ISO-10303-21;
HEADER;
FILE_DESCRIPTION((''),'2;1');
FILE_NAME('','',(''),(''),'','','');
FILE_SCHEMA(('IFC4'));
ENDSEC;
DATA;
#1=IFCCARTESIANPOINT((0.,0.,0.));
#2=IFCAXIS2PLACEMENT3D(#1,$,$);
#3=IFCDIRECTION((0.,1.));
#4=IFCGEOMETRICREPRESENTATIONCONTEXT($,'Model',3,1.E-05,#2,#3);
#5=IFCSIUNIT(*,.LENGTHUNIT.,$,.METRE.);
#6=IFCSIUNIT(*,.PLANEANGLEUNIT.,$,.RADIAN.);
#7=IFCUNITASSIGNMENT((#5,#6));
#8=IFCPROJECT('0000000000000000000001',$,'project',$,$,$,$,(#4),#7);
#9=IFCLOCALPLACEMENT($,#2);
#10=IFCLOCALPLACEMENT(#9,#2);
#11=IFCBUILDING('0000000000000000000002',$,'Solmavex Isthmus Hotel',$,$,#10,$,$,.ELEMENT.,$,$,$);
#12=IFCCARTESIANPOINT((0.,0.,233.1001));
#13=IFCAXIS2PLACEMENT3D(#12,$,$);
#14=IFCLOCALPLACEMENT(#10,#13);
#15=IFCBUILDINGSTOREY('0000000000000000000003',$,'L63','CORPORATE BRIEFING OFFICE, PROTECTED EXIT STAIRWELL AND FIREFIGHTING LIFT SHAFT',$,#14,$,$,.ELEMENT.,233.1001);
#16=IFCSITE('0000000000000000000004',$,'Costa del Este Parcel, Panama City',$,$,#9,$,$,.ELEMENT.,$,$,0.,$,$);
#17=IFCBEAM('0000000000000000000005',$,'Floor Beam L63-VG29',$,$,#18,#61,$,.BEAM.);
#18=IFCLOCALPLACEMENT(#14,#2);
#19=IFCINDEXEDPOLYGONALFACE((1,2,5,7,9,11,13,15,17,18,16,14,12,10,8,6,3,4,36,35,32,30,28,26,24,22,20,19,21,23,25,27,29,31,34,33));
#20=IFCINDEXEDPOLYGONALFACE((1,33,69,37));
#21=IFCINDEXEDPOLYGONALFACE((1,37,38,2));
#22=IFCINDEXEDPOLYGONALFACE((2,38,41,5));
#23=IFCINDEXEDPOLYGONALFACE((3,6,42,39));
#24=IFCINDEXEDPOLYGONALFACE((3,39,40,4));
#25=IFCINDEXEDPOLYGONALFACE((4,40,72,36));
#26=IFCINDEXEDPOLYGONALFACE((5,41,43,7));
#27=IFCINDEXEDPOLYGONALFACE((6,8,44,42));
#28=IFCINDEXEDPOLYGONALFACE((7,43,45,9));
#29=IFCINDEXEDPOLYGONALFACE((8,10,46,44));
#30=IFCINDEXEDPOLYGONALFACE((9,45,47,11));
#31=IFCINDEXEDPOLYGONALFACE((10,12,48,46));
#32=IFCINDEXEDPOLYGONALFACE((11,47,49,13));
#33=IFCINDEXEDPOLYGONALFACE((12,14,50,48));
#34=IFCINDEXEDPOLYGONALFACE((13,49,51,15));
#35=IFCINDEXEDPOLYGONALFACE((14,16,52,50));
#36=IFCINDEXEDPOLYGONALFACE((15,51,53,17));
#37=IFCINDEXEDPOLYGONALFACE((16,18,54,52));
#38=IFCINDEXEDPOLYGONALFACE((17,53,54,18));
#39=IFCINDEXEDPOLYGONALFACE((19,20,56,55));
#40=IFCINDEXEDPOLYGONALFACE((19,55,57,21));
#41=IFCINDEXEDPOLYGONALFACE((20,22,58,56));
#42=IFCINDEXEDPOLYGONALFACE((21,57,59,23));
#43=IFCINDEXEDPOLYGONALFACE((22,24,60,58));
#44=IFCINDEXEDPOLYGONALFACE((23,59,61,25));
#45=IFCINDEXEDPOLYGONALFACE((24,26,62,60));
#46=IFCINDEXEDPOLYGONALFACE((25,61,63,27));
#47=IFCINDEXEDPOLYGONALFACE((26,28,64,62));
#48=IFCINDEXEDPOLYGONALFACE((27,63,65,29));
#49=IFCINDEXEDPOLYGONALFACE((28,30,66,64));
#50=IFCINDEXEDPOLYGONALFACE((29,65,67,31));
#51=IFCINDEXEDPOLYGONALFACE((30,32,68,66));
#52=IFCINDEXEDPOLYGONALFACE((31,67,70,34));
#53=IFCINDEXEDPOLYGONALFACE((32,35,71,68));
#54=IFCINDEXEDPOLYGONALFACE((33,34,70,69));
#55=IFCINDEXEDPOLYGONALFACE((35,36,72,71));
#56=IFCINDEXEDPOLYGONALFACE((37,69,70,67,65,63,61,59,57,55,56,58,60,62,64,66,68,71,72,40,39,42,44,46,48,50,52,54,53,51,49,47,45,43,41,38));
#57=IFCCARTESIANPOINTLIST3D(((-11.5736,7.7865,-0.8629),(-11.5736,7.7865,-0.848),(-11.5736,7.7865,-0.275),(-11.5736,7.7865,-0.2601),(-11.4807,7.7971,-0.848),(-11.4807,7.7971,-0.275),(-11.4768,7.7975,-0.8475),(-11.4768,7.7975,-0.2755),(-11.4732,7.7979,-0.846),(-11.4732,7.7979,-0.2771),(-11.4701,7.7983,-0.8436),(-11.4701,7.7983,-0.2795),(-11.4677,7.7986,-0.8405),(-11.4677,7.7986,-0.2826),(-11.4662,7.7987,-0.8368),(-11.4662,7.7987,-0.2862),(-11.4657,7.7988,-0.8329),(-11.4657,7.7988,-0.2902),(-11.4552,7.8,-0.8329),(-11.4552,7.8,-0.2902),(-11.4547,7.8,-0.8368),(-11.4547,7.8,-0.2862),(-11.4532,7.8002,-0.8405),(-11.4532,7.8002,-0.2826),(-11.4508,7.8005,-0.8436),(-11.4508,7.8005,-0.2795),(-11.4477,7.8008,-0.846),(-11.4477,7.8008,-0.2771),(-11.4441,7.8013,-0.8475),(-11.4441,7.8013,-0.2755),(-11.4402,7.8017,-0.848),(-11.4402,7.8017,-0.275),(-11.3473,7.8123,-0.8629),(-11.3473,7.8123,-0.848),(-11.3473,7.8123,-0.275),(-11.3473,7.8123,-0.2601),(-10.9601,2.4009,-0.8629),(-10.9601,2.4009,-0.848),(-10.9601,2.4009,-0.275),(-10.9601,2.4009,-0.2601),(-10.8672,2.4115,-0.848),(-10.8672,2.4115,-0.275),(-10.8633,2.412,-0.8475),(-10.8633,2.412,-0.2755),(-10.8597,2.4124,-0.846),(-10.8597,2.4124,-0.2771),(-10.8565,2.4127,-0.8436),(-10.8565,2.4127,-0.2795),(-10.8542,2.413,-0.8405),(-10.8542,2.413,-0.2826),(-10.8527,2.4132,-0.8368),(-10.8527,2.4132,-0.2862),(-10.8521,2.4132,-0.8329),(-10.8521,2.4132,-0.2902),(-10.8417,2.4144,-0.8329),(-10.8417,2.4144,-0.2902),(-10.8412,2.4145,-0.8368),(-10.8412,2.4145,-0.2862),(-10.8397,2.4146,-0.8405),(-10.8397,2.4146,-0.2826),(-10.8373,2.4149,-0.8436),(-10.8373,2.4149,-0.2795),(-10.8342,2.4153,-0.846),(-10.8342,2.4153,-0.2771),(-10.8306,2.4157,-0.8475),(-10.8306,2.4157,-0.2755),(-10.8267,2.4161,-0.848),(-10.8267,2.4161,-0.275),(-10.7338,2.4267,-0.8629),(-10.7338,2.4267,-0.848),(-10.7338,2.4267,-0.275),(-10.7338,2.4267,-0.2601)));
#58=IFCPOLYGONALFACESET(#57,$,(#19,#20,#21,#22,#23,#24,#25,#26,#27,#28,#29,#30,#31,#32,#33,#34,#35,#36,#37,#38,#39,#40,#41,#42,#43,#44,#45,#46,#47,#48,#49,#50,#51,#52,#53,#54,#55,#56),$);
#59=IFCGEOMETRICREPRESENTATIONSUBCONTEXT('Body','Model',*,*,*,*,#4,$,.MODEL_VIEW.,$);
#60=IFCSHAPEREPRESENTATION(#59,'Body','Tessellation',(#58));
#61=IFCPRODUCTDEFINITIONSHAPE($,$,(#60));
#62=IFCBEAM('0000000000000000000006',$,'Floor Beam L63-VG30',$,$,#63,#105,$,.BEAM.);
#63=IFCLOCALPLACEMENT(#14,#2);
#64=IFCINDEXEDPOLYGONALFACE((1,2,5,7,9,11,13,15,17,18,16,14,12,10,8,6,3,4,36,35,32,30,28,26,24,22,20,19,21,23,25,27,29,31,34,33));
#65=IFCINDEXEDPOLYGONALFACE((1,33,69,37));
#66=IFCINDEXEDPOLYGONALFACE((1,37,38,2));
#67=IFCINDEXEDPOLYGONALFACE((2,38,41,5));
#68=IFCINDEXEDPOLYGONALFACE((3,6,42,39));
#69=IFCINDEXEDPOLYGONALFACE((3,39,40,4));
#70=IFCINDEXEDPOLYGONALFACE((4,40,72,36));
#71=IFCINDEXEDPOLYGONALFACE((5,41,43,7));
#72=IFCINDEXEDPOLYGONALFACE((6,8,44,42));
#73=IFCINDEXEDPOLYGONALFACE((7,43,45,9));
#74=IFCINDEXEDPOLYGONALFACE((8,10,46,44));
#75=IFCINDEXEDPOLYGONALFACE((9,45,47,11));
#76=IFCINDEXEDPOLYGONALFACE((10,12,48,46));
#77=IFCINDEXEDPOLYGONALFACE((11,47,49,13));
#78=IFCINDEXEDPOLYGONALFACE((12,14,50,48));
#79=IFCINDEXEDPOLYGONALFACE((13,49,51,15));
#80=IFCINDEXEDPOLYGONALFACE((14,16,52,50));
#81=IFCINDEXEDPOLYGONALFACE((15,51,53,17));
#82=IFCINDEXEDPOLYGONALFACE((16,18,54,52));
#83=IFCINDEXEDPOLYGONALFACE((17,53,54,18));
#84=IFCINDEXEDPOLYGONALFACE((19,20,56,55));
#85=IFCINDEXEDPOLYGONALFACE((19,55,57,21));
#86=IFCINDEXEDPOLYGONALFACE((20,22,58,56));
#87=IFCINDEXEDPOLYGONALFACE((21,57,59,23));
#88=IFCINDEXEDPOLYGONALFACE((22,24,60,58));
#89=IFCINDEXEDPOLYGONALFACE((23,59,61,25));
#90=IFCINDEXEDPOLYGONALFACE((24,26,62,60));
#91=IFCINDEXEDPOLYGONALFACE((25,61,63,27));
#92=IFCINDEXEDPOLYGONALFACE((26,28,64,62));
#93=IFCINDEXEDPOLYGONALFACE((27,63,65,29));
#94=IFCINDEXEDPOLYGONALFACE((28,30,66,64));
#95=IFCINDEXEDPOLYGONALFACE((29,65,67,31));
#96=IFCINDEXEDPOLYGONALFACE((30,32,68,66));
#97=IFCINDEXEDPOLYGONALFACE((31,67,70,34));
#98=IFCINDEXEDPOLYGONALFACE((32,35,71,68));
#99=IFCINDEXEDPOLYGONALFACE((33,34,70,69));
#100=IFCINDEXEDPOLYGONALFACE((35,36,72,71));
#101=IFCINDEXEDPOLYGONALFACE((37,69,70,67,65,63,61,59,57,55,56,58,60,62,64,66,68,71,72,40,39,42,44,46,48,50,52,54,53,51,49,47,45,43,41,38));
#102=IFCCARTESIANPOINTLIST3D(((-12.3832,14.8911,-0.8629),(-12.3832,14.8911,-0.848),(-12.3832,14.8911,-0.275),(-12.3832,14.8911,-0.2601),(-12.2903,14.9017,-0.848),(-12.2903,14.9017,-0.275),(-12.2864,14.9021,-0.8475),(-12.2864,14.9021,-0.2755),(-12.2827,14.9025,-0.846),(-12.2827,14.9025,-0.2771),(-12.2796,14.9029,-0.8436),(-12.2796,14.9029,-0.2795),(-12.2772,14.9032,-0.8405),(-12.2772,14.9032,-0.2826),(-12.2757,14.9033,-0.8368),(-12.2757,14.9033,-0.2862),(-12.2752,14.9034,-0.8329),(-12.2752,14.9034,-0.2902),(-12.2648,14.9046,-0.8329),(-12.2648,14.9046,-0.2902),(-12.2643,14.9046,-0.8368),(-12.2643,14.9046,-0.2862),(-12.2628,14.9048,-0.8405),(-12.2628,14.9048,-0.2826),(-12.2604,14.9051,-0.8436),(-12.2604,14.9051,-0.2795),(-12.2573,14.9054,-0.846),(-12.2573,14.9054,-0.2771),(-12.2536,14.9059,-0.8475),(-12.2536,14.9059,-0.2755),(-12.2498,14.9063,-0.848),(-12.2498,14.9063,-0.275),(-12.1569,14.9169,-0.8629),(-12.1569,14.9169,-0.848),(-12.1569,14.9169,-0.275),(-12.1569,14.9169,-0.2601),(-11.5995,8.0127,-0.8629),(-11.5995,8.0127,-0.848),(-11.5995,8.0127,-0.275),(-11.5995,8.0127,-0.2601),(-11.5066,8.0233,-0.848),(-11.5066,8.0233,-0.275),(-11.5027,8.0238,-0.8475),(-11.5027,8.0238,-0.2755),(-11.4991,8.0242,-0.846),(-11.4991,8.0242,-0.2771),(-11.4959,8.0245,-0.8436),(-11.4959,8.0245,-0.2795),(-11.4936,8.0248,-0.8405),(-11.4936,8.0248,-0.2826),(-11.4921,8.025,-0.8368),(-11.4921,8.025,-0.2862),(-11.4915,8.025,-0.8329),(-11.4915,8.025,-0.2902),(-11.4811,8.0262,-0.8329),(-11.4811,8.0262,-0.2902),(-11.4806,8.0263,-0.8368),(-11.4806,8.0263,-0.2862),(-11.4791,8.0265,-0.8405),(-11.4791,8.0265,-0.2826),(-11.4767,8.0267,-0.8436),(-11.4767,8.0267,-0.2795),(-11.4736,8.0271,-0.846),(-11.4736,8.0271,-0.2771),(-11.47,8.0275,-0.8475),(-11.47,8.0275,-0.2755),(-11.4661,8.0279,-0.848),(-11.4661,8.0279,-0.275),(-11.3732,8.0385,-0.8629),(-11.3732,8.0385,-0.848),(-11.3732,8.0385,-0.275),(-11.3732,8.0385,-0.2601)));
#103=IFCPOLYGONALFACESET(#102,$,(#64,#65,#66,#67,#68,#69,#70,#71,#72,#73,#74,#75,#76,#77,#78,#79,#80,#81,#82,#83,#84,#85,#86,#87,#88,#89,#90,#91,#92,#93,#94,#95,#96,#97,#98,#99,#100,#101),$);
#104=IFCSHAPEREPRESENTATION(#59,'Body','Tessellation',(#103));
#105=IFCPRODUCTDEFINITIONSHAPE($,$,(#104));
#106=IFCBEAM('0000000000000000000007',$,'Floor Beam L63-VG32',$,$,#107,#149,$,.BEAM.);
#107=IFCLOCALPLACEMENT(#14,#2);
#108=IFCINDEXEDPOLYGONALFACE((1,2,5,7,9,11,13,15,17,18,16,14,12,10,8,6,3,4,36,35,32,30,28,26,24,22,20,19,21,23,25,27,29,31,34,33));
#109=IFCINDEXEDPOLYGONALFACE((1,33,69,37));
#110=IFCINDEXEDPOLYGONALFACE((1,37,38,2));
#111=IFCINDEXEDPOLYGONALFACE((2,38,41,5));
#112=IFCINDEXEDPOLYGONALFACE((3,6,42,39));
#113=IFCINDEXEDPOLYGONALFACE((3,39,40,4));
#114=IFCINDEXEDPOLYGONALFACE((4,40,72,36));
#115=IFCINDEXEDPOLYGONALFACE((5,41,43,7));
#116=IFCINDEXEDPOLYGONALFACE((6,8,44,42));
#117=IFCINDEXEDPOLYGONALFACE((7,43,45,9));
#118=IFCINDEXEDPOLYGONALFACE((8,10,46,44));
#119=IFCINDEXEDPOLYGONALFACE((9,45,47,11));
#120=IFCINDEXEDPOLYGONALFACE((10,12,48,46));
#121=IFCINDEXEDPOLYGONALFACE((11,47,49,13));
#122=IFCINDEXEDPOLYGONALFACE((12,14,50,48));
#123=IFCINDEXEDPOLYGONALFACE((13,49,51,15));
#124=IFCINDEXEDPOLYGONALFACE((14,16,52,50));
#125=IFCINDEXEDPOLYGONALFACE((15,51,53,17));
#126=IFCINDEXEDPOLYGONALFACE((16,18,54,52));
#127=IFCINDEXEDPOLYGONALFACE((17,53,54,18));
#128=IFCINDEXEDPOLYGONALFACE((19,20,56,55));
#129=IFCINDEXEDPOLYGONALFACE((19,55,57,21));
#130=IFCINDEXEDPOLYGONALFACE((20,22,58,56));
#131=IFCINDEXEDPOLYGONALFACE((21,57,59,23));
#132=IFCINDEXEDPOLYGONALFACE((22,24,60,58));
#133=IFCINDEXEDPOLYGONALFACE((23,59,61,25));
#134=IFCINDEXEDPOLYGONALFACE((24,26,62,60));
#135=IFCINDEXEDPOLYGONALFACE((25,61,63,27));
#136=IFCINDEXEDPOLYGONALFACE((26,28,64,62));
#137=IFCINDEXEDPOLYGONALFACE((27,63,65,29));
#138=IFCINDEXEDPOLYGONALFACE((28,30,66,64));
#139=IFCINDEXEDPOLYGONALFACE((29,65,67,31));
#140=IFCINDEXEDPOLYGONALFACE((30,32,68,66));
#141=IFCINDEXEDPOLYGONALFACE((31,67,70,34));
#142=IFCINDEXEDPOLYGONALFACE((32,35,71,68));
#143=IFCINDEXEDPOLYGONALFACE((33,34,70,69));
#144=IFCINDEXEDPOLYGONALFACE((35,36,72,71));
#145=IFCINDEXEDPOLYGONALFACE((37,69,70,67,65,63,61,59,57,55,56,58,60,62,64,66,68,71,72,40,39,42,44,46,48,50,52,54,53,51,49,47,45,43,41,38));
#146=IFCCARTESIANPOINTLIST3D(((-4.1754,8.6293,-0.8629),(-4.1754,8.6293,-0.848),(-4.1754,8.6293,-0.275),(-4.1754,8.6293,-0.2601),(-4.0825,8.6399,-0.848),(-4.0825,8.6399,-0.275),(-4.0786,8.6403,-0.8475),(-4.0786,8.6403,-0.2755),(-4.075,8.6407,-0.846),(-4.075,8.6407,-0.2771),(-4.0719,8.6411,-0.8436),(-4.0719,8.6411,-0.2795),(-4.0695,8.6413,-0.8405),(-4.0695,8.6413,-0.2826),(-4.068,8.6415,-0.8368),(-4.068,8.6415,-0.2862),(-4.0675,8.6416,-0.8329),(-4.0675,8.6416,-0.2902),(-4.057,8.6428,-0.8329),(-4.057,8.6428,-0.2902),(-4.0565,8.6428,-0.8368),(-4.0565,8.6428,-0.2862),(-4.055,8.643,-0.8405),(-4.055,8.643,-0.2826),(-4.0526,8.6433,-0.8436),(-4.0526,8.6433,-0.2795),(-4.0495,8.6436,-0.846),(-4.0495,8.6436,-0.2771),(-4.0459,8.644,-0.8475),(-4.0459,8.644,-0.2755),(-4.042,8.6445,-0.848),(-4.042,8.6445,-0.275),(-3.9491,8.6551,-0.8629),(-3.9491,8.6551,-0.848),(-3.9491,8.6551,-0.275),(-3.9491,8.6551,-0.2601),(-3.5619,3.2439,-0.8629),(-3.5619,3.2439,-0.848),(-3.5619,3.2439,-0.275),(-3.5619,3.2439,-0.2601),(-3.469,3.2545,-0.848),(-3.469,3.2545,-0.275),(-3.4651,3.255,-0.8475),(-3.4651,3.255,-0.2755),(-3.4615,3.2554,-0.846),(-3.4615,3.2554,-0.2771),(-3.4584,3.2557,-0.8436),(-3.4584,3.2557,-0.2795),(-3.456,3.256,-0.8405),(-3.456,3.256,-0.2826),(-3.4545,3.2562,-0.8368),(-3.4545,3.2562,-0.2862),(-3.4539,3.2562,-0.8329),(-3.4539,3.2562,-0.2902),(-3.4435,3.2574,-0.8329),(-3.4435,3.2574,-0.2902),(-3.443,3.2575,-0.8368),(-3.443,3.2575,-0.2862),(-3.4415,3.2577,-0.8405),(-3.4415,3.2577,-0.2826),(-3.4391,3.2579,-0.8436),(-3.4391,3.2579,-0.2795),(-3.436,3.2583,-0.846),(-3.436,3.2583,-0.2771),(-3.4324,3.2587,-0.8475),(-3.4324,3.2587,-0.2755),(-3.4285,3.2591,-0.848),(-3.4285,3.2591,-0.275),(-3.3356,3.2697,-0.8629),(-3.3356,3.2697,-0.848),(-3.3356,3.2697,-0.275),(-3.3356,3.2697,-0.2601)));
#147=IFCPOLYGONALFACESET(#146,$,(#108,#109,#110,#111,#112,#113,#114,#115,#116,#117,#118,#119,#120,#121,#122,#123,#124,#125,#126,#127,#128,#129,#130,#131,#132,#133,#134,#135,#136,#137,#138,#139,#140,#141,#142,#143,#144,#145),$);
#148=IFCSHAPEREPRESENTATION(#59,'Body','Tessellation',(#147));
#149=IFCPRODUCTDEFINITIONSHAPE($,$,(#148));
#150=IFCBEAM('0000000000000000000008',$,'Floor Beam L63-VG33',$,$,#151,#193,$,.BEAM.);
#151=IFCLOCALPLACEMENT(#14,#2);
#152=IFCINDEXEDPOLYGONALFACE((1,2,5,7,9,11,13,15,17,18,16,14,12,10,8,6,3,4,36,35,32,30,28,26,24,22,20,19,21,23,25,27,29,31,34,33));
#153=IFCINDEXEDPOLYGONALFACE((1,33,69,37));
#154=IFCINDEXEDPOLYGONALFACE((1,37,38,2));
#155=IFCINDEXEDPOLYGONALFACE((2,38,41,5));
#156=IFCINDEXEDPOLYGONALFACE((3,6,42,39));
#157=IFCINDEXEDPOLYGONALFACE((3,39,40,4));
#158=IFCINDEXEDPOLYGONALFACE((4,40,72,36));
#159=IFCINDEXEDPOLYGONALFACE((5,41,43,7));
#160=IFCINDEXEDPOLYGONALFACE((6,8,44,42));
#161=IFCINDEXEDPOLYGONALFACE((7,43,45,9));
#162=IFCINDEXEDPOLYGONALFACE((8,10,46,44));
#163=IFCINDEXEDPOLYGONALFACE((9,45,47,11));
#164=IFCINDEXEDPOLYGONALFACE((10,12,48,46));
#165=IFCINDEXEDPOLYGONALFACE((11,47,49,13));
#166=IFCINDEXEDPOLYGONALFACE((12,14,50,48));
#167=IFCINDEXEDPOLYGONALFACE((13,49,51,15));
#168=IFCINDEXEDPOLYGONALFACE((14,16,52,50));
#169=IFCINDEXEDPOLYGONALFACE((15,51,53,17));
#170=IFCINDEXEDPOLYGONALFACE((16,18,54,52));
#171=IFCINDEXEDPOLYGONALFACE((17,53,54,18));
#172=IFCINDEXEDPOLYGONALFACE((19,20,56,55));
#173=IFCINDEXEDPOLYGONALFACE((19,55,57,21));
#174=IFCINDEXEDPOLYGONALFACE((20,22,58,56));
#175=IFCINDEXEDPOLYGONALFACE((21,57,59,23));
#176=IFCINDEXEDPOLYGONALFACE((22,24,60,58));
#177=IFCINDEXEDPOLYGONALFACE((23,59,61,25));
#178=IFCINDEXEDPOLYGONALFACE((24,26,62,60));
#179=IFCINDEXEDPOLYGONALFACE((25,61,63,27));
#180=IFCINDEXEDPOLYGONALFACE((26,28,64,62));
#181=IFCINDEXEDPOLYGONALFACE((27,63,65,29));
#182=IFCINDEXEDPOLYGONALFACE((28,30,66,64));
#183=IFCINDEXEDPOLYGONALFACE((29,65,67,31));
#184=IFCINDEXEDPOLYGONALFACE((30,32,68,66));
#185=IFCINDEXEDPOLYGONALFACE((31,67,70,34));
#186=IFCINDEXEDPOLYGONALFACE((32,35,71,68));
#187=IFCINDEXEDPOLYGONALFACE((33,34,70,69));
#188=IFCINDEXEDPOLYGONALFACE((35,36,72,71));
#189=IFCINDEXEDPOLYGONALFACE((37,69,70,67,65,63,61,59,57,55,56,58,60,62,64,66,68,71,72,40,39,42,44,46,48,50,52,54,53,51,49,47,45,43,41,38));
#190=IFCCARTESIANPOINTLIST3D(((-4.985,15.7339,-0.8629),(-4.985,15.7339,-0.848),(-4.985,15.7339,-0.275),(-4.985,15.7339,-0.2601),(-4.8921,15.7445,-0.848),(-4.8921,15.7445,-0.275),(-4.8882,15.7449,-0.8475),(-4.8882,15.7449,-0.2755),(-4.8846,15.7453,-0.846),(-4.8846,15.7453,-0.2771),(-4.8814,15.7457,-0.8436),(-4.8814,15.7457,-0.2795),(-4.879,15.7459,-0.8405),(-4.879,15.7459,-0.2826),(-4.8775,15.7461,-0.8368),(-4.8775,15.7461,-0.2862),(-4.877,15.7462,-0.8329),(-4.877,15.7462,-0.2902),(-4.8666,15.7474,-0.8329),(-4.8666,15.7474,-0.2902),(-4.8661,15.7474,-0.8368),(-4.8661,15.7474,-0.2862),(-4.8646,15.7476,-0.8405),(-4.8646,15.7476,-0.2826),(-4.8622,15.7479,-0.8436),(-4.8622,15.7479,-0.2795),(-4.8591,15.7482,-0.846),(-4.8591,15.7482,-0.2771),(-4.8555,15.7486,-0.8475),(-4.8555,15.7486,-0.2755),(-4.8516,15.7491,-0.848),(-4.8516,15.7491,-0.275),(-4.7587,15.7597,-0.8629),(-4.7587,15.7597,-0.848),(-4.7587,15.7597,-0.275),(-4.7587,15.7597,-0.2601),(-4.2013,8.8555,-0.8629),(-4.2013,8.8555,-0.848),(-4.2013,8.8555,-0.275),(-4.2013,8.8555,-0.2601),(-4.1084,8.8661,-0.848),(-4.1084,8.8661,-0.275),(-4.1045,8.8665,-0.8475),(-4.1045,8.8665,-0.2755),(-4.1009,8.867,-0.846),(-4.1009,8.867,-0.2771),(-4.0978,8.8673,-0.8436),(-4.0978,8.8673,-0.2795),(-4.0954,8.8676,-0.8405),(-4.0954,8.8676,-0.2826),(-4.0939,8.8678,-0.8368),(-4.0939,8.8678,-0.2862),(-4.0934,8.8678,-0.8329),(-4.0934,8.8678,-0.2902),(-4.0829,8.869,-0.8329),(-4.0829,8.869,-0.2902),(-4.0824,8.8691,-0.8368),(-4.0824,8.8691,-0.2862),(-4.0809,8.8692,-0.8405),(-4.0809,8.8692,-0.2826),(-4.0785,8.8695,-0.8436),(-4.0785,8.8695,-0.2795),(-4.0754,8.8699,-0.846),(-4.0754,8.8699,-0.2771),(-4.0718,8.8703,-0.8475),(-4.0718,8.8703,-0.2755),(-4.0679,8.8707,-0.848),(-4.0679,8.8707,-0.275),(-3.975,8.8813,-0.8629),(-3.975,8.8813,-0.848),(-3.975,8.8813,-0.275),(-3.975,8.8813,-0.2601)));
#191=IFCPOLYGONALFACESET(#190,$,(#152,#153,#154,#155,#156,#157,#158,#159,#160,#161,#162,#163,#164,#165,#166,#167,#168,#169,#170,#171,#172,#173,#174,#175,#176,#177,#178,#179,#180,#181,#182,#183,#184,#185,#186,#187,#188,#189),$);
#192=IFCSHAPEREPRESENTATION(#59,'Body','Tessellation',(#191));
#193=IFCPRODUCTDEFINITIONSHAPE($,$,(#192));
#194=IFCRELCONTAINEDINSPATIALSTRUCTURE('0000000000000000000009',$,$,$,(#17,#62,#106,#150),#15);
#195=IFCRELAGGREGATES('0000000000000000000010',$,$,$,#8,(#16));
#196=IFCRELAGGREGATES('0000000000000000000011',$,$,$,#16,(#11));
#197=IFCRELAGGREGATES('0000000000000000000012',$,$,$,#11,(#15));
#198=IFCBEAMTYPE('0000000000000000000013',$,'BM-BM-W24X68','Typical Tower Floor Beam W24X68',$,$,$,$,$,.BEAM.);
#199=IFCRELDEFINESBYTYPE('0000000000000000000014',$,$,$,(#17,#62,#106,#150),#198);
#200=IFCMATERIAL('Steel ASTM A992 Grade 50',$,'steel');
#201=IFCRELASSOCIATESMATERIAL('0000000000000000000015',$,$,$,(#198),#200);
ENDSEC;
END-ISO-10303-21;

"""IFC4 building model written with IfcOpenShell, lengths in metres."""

from ifc_helpers import new_model, si_unit, direction, frame, origin, origin_2d, place, context, subcontext, project, spatial, i_section, extrude, material, material_profile, profile_set, type_object, element, save


model = new_model("IFC4")

# Units and contexts
model_context = context("Model", 3, precision=1e-05, world=origin(), true_north=direction((0.0, 1.0)))
body_context = subcontext(model_context, "Body", "Model", "MODEL_VIEW")
ifc_project = project(units=[si_unit("LENGTHUNIT", "METRE"), si_unit("PLANEANGLEUNIT", "RADIAN")], contexts=[model_context])

# Site, building, storey
site_placement = place(None, origin())
site = spatial("IfcSite", under=ifc_project, at=site_placement, Name="Costa del Este Parcel, Panama City", CompositionType="ELEMENT", RefElevation=0.0)
building_placement = place(site_placement, origin())
building = spatial("IfcBuilding", under=site, at=building_placement, Name="Solmavex Isthmus Hotel", CompositionType="ELEMENT")
storey_placement = place(building_placement, frame((0.0, 0.0, 233.1001)))
storey = spatial("IfcBuildingStorey", under=building, at=storey_placement, Name="L63", Description="CORPORATE BRIEFING OFFICE, PROTECTED EXIT STAIRWELL AND FIREFIGHTING LIFT SHAFT", CompositionType="ELEMENT", Elevation=233.1001)

# Beams
ifc_material_1 = material(Name="Steel ASTM A992 Grade 50", Category="steel")
ifc_material_profile_1 = material_profile(ifc_material_1, i_section(OverallWidth=0.2278, OverallDepth=0.6028, WebThickness=0.0105, FlangeThickness=0.0149, FilletRadius=0.0151, at=origin_2d()), Name="W24X68")
ifc_profile_set_1 = profile_set([ifc_material_profile_1], Name="Steel ASTM A992 Grade 50")
beam_type_1 = type_object("IfcBeamType", Name="BM-BM-W24X68", Description="Typical Tower Floor Beam W24X68", PredefinedType="BEAM", material=ifc_profile_set_1)
beam_1_placement = place(storey_placement, frame((-10.8469, 2.4138, -0.5615), z_axis=(-0.11319, 0.993573, 0.0), x_axis=(-0.993573, -0.11319, 0.0)))
element("IfcBeam", 1, at=beam_1_placement, inside=storey, type_object=beam_type_1, Name="Floor Beam L63-VG29", PredefinedType="BEAM", context=body_context, shape_type="SweptSolid", body=[
    extrude(i_section(OverallWidth=0.2278, OverallDepth=0.6028, WebThickness=0.0105, FlangeThickness=0.0149, FilletRadius=0.0151, at=origin_2d()), origin(), (0.0, 0.0, 1.0), 5.4204),
])
beam_2_placement = place(storey_placement, frame((-11.4863, 8.0256, -0.5615), z_axis=(-0.113202, 0.993572, 0.0), x_axis=(-0.993572, -0.113202, 0.0)))
element("IfcBeam", 2, at=beam_2_placement, inside=storey, type_object=beam_type_1, Name="Floor Beam L63-VG30", PredefinedType="BEAM", context=body_context, shape_type="SweptSolid", body=[
    extrude(i_section(OverallWidth=0.2278, OverallDepth=0.6028, WebThickness=0.0105, FlangeThickness=0.0149, FilletRadius=0.0151, at=origin_2d()), origin(), (0.0, 0.0, 1.0), 6.9229),
])
beam_3_placement = place(storey_placement, frame((-3.4487, 3.2568, -0.5615), z_axis=(-0.113195, 0.993573, 0.0), x_axis=(-0.993573, -0.113195, 0.0)))
element("IfcBeam", 3, at=beam_3_placement, inside=storey, type_object=beam_type_1, Name="Floor Beam L63-VG32", PredefinedType="BEAM", context=body_context, shape_type="SweptSolid", body=[
    extrude(i_section(OverallWidth=0.2278, OverallDepth=0.6028, WebThickness=0.0105, FlangeThickness=0.0149, FilletRadius=0.0151, at=origin_2d()), origin(), (0.0, 0.0, 1.0), 5.4202),
])
beam_4_placement = place(storey_placement, frame((-4.0881, 8.8684, -0.5615), z_axis=(-0.113202, 0.993572, 0.0), x_axis=(-0.993572, -0.113202, 0.0)))
element("IfcBeam", 4, at=beam_4_placement, inside=storey, type_object=beam_type_1, Name="Floor Beam L63-VG33", PredefinedType="BEAM", context=body_context, shape_type="SweptSolid", body=[
    extrude(i_section(OverallWidth=0.2278, OverallDepth=0.6028, WebThickness=0.0105, FlangeThickness=0.0149, FilletRadius=0.0151, at=origin_2d()), origin(), (0.0, 0.0, 1.0), 6.9229),
])

save(model, "model.ifc")
